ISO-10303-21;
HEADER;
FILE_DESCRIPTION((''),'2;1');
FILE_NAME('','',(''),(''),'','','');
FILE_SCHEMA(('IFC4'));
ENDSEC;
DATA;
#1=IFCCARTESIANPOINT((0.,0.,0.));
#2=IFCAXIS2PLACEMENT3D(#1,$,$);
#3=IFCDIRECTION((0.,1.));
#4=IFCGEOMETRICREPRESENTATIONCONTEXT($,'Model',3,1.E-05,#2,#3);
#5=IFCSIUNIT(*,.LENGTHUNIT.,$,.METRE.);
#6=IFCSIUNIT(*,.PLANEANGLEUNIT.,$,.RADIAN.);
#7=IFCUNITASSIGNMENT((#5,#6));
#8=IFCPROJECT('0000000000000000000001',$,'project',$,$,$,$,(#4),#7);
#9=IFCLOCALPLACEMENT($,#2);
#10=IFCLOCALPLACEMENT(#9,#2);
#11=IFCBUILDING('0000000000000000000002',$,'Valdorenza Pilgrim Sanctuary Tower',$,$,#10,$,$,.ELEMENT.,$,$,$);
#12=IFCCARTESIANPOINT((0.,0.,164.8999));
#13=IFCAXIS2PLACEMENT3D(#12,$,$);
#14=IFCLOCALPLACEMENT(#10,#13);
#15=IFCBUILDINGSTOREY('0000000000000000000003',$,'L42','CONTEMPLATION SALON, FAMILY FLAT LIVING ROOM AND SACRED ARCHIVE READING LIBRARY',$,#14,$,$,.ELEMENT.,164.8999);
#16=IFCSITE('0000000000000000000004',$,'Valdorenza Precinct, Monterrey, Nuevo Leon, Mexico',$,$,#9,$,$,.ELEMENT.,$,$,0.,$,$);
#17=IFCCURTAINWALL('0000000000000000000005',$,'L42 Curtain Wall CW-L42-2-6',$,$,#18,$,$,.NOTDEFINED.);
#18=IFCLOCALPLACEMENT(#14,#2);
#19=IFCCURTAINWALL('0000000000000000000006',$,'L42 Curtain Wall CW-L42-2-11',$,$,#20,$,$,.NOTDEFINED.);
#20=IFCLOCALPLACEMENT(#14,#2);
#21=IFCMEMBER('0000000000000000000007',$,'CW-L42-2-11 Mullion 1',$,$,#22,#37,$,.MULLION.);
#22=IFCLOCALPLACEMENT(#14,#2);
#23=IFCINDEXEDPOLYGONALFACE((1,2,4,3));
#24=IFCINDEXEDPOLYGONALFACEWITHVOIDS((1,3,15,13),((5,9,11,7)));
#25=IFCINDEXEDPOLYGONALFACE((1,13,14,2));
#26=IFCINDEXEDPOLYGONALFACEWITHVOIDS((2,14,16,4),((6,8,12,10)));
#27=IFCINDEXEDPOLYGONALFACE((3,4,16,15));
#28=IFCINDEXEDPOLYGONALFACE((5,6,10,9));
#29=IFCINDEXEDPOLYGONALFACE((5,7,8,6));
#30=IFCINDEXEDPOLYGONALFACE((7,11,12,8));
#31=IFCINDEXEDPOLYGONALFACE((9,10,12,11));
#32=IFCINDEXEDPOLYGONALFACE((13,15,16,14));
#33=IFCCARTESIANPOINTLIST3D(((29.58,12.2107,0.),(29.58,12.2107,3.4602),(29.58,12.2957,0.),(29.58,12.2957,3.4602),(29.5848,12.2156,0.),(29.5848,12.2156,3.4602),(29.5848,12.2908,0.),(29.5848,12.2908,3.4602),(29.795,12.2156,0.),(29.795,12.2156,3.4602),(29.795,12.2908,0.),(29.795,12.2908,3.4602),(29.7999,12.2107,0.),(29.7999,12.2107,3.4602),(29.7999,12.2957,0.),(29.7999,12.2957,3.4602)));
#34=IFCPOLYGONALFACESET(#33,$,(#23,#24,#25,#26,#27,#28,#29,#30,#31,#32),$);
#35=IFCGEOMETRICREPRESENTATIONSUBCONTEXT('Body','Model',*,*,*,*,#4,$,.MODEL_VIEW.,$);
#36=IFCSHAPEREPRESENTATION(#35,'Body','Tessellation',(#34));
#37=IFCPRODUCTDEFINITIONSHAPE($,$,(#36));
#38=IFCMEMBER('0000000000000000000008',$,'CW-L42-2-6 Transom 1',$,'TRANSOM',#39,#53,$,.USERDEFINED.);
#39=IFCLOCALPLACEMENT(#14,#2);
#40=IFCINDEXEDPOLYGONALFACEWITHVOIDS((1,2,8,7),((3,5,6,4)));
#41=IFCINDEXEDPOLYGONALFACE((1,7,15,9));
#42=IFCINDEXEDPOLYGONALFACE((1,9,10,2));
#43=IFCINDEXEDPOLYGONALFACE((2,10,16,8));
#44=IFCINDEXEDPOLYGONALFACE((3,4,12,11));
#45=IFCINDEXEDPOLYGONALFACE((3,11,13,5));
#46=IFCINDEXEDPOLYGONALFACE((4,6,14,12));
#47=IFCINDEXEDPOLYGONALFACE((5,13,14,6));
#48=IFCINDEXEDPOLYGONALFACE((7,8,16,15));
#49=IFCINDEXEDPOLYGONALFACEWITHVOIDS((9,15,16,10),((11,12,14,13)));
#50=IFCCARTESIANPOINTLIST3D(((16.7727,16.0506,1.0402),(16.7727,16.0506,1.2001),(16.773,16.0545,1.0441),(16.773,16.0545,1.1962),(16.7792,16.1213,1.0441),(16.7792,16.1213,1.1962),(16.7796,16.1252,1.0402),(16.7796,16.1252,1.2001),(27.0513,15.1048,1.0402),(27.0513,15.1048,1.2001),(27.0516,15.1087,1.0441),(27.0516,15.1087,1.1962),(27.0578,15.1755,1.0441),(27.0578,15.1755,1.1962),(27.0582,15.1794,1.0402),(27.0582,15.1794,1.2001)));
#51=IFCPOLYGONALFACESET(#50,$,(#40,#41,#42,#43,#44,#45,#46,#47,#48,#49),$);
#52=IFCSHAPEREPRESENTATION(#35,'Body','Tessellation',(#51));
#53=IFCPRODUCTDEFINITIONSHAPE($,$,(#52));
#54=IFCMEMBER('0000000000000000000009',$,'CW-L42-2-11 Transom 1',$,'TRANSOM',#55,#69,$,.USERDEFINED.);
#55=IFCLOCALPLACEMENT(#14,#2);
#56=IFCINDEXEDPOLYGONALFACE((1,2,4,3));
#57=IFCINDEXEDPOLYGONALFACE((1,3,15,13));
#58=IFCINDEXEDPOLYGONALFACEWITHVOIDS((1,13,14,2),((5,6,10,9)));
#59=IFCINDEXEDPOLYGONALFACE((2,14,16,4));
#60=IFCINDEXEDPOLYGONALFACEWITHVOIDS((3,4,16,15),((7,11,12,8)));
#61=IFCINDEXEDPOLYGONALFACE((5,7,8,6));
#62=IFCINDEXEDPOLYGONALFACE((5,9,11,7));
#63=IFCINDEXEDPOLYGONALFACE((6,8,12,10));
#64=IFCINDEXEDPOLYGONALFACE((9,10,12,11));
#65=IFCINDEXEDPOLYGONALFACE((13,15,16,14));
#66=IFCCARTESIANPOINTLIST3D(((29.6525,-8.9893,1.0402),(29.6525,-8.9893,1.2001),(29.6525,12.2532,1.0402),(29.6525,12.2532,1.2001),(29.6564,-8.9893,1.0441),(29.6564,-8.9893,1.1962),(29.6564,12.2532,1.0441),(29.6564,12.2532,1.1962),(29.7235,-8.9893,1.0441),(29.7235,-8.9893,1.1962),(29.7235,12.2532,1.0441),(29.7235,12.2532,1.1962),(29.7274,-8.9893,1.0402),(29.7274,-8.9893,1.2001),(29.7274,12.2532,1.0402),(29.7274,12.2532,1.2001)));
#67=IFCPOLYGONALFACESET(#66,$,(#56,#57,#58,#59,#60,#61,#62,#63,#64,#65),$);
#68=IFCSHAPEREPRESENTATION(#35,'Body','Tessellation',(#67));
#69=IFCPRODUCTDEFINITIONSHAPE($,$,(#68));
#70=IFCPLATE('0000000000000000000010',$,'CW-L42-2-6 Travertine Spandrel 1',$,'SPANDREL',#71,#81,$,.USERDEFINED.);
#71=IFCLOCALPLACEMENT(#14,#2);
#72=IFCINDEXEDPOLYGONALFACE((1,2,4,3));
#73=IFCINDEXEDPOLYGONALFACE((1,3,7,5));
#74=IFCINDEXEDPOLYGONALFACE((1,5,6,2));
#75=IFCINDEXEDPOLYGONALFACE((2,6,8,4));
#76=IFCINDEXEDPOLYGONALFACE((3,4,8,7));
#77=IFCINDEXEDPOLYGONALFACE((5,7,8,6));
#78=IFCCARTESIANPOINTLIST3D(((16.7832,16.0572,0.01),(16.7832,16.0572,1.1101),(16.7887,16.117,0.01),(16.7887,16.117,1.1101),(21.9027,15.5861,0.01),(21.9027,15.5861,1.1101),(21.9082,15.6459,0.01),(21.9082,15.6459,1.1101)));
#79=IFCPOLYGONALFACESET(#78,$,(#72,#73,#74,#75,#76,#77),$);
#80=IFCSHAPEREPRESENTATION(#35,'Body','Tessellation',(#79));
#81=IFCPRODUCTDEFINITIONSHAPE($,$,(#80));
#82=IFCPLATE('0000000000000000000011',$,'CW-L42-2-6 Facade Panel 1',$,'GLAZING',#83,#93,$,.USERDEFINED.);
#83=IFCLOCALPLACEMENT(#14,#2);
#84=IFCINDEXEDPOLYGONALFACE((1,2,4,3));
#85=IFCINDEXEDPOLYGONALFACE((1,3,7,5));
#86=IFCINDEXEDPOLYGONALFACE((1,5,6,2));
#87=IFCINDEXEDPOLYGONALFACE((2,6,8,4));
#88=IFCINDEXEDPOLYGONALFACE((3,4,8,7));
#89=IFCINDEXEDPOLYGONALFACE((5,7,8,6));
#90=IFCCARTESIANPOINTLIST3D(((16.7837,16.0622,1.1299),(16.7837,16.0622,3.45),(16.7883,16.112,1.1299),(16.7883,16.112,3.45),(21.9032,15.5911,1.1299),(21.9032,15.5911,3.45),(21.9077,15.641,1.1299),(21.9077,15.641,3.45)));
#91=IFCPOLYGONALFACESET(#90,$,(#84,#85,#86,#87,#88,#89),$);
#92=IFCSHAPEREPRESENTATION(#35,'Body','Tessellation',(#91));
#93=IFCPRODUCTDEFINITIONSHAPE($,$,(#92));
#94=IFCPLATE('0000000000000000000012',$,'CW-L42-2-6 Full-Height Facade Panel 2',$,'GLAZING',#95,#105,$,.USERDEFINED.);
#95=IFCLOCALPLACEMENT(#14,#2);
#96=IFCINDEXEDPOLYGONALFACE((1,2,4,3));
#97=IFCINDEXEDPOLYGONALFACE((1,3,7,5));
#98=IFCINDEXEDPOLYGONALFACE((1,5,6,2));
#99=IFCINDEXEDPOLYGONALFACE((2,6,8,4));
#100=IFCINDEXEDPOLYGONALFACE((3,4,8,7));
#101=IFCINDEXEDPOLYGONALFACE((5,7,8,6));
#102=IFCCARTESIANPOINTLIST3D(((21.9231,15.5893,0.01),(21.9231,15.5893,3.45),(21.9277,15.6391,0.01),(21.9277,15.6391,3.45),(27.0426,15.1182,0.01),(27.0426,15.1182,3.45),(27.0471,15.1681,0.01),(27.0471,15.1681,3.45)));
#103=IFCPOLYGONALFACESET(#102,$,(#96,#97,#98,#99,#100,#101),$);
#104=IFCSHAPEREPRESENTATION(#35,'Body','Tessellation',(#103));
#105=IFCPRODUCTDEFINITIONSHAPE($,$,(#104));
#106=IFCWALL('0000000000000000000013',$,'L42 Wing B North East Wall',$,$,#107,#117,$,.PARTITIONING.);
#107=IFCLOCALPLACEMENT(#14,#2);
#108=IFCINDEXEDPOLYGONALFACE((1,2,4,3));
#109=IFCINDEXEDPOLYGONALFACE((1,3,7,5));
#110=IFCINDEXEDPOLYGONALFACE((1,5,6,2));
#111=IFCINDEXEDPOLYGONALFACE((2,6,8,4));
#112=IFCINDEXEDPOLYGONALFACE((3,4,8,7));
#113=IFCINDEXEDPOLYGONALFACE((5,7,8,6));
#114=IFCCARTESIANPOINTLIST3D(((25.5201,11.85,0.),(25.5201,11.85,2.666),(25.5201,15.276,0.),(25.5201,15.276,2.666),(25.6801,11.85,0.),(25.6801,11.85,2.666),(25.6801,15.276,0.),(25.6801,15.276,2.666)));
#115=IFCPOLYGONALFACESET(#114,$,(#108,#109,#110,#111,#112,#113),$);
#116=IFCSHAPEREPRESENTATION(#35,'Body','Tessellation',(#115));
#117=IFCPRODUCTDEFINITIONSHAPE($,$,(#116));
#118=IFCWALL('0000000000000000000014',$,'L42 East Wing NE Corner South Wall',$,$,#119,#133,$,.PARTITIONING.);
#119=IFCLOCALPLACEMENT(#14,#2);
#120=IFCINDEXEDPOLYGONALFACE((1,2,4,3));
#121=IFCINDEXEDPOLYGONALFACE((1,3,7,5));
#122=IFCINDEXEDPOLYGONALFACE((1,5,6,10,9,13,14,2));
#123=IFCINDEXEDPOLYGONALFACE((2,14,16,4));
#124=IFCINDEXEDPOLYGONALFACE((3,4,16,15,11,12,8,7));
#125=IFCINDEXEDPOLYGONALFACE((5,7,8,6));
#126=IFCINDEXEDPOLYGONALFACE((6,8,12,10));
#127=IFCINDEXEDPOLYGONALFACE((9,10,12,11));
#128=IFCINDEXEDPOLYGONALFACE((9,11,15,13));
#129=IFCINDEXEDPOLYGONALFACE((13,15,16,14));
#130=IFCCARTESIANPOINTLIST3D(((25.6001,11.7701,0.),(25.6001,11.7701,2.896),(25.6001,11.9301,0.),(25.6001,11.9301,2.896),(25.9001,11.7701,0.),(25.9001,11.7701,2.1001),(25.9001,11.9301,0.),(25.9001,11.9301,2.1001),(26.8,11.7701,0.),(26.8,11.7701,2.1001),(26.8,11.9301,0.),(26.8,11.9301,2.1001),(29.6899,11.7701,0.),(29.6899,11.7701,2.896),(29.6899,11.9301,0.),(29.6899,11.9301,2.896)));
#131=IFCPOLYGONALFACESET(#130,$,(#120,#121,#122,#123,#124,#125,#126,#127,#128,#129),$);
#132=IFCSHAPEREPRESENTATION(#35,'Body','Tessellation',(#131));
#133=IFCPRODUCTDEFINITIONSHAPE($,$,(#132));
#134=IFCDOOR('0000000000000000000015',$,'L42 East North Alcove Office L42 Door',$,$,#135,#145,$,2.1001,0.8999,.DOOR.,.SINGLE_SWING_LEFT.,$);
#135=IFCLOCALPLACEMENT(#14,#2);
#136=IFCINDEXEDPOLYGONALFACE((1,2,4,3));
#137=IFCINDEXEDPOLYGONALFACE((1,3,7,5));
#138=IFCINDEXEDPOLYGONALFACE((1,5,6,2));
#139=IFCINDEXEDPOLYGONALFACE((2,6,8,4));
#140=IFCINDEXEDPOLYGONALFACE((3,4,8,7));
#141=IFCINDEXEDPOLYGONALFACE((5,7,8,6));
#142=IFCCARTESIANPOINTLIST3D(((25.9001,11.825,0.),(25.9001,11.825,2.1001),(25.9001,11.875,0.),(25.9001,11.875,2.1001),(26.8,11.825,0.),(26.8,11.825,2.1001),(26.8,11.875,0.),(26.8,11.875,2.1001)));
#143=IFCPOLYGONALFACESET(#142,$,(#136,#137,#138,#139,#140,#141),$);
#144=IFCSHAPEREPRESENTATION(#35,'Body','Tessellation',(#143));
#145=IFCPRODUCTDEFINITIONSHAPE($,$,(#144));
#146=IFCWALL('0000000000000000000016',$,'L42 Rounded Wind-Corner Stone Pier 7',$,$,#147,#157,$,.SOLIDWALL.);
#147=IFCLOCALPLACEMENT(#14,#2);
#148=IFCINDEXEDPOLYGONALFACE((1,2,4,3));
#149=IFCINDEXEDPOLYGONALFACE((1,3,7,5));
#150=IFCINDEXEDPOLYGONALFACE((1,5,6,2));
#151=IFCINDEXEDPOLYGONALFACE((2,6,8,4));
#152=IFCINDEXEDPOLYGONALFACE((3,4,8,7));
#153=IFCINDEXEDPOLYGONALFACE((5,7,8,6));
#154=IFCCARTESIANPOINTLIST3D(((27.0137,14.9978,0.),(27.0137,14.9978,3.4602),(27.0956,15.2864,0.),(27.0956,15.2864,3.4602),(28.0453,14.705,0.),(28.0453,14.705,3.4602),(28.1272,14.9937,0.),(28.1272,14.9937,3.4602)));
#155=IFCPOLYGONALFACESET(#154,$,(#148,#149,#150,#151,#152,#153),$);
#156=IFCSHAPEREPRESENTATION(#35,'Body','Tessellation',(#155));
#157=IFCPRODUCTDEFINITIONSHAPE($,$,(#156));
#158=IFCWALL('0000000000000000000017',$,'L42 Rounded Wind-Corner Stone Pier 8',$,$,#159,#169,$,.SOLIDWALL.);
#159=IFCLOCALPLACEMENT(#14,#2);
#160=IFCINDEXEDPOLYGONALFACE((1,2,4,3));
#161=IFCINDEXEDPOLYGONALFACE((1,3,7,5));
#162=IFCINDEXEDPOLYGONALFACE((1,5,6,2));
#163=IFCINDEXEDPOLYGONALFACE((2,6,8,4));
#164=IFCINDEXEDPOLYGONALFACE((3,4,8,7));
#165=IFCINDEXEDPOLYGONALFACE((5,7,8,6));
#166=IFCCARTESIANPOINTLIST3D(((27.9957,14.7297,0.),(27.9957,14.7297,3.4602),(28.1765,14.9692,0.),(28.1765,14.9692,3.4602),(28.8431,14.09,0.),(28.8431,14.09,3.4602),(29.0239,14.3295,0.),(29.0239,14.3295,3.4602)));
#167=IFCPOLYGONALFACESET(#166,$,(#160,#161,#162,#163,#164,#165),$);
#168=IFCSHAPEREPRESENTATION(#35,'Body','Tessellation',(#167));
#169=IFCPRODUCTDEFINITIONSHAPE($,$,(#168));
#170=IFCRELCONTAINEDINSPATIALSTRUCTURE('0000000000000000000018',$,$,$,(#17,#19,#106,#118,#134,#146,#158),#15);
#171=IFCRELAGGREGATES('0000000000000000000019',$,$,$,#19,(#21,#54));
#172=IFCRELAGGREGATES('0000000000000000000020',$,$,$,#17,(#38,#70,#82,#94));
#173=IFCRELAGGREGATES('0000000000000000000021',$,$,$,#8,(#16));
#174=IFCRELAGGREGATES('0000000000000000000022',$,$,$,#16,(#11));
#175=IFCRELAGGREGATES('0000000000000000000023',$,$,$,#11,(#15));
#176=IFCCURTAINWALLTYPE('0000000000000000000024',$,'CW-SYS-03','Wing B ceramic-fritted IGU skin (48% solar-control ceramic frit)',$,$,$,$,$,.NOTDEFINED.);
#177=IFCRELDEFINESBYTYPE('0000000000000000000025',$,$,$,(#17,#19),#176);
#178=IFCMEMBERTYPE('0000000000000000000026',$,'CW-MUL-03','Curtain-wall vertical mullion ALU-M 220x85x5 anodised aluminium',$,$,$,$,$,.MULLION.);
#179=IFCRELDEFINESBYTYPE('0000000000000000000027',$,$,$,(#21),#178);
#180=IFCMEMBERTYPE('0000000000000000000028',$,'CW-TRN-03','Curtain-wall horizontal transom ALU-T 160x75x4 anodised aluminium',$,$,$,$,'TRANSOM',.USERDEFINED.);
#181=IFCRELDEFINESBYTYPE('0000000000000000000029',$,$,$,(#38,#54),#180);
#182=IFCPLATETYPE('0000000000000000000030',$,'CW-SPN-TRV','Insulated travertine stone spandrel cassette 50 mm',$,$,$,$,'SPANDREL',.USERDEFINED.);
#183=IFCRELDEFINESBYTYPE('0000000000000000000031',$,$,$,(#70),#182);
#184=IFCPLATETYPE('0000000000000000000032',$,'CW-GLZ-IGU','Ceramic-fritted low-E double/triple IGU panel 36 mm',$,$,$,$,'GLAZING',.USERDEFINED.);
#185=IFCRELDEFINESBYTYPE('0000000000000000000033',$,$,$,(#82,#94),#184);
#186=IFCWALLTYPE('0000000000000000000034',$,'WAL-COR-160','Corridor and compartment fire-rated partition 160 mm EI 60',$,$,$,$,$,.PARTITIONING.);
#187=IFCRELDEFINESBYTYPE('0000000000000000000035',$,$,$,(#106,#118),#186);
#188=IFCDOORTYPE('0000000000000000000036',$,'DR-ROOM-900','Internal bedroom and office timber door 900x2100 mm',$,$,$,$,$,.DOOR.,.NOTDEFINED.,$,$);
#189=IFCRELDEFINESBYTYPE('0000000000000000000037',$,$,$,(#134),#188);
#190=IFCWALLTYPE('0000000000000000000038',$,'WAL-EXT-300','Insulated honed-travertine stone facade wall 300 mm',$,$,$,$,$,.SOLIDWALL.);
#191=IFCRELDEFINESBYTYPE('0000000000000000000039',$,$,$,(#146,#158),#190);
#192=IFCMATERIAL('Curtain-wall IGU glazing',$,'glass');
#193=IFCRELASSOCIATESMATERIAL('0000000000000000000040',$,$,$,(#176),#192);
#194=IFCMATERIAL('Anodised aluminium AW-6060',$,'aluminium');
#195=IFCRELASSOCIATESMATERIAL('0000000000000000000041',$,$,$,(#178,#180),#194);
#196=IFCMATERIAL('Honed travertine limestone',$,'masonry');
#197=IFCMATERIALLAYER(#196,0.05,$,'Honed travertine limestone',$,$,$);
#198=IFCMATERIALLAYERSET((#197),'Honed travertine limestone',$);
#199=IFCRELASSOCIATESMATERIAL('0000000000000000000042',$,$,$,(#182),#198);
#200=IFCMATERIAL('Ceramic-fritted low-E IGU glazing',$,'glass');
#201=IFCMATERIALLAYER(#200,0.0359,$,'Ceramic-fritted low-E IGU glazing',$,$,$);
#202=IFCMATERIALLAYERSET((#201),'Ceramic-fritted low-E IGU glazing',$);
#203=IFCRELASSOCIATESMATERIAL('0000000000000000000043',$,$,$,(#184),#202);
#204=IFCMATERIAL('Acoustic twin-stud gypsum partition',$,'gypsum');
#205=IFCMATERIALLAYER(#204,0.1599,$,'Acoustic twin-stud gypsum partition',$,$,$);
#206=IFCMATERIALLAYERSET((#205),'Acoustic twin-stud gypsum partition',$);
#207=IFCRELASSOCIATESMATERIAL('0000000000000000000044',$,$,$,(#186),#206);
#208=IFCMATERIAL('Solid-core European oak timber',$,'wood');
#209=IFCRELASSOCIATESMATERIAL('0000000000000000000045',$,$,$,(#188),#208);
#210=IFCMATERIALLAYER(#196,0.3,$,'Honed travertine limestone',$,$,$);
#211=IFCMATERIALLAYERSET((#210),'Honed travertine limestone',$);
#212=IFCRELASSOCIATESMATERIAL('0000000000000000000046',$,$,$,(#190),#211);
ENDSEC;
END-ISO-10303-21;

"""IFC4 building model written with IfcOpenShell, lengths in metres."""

from ifc_helpers import new_model, si_unit, direction, frame, frame_2d, origin, origin_2d, place, context, subcontext, project, spatial, rectangle, hollow_rectangle, extrude, source, transform, mapped, material, layer, layer_set, material_profile, profile_set, type_object, element, fill, aggregate, save


model = new_model("IFC4")

# Units and contexts
model_context = context("Model", 3, precision=1e-05, world=origin(), true_north=direction((0.0, 1.0)))
body_context = subcontext(model_context, "Body", "Model", "MODEL_VIEW")
ifc_project = project(units=[si_unit("LENGTHUNIT", "METRE"), si_unit("PLANEANGLEUNIT", "RADIAN")], contexts=[model_context])

# Site, building, storey
site_placement = place(None, origin())
site = spatial("IfcSite", under=ifc_project, at=site_placement, Name="Valdorenza Precinct, Monterrey, Nuevo Leon, Mexico", CompositionType="ELEMENT", RefElevation=0.0)
building_placement = place(site_placement, origin())
building = spatial("IfcBuilding", under=site, at=building_placement, Name="Valdorenza Pilgrim Sanctuary Tower", CompositionType="ELEMENT")
storey_placement = place(building_placement, frame((0.0, 0.0, 164.8999)))
storey = spatial("IfcBuildingStorey", under=building, at=storey_placement, Name="L42", Description="CONTEMPLATION SALON, FAMILY FLAT LIVING ROOM AND SACRED ARCHIVE READING LIBRARY", CompositionType="ELEMENT", Elevation=164.8999)

# Curtain wall
ifc_material_1 = material(Name="Curtain-wall IGU glazing", Category="glass")
curtain_wall_type = type_object("IfcCurtainWallType", Name="CW-SYS-03", Description="Wing B ceramic-fritted IGU skin (48% solar-control ceramic frit)", PredefinedType="NOTDEFINED", material=ifc_material_1)
curtain_wall_1_placement = place(storey_placement, origin())
curtain_wall_1 = element("IfcCurtainWall", 1, at=curtain_wall_1_placement, inside=storey, type_object=curtain_wall_type, Name="L42 Curtain Wall CW-L42-2-6", PredefinedType="NOTDEFINED")
ifc_material_2 = material(Name="Anodised aluminium AW-6060", Category="aluminium")
ifc_material_profile_1 = material_profile(ifc_material_2, hollow_rectangle(XDim=0.085, YDim=0.22, WallThickness=0.0049, at=origin_2d()), Name="ALU-M 220x85x5")
ifc_profile_set_1 = profile_set([ifc_material_profile_1], Name="Anodised aluminium AW-6060")
member_type_1 = type_object("IfcMemberType", Name="CW-MUL-03", Description="Curtain-wall vertical mullion ALU-M 220x85x5 anodised aluminium", PredefinedType="MULLION", material=ifc_profile_set_1)
shared_shape_1 = source(origin(), body_context, "Body", "SweptSolid", [
    extrude(hollow_rectangle(XDim=0.085, YDim=0.22, WallThickness=0.0049, at=origin_2d()), origin(), (0.0, 0.0, 1.0), 3.4602),
])

# Curtain wall, member
curtain_wall_2_placement = place(storey_placement, origin())
curtain_wall_2 = element("IfcCurtainWall", 2, at=curtain_wall_2_placement, inside=storey, type_object=curtain_wall_type, Name="L42 Curtain Wall CW-L42-2-11", PredefinedType="NOTDEFINED")
member_1_placement = place(storey_placement, frame((29.6899, 12.2532, 0.0), z_axis=(0.0, 0.0, 1.0), x_axis=(0.0, -1.0, 0.0)))
member_1 = element("IfcMember", 3, at=member_1_placement, type_object=member_type_1, Name="CW-L42-2-11 Mullion 1", PredefinedType="MULLION", context=body_context, shape_type="MappedRepresentation", body=[
    mapped(shared_shape_1, transform((0.0, 0.0, 0.0), x_axis=(1.0, 0.0, 0.0), y_axis=(0.0, 1.0, 0.0), z_axis=(0.0, 0.0, 1.0), scale=1.0)),
])

# Members
ifc_material_profile_2 = material_profile(ifc_material_2, hollow_rectangle(XDim=0.075, YDim=0.1599, WallThickness=0.0039, at=origin_2d()), Name="ALU-T 160x75x4")
ifc_profile_set_2 = profile_set([ifc_material_profile_2], Name="Anodised aluminium AW-6060")
member_type_2 = type_object("IfcMemberType", Name="CW-TRN-03", Description="Curtain-wall horizontal transom ALU-T 160x75x4 anodised aluminium", ElementType="TRANSOM", PredefinedType="USERDEFINED", material=ifc_profile_set_2)
shared_shape_2 = source(origin(), body_context, "Body", "SweptSolid", [
    extrude(hollow_rectangle(XDim=0.075, YDim=0.1599, WallThickness=0.0039, at=origin_2d()), origin(), (0.0, 0.0, 1.0), 10.322),
])
member_2_placement = place(storey_placement, frame((16.7761, 16.0879, 1.1201), z_axis=(0.995793, -0.09163, 0.0), x_axis=(0.09163, 0.995793, 0.0)))
member_2 = element("IfcMember", 4, at=member_2_placement, type_object=member_type_2, Name="CW-L42-2-6 Transom 1", ObjectType="TRANSOM", PredefinedType="USERDEFINED", context=body_context, shape_type="MappedRepresentation", body=[
    mapped(shared_shape_2, transform((0.0, 0.0, 0.0), x_axis=(1.0, 0.0, 0.0), y_axis=(0.0, 1.0, 0.0), z_axis=(0.0, 0.0, 1.0), scale=1.0)),
])
shared_shape_3 = source(origin(), body_context, "Body", "SweptSolid", [
    extrude(hollow_rectangle(XDim=0.075, YDim=0.1599, WallThickness=0.0039, at=origin_2d()), origin(), (0.0, 0.0, 1.0), 21.2424),
])
member_3_placement = place(storey_placement, frame((29.6899, 12.2532, 1.1201), z_axis=(0.0, -1.0, 0.0), x_axis=(1.0, 0.0, 0.0)))
member_3 = element("IfcMember", 5, at=member_3_placement, type_object=member_type_2, Name="CW-L42-2-11 Transom 1", ObjectType="TRANSOM", PredefinedType="USERDEFINED", context=body_context, shape_type="MappedRepresentation", body=[
    mapped(shared_shape_3, transform((0.0, 0.0, 0.0), x_axis=(1.0, 0.0, 0.0), y_axis=(0.0, 1.0, 0.0), z_axis=(0.0, 0.0, 1.0), scale=1.0)),
])
aggregate(curtain_wall_2, [member_1, member_3])

# Plates
ifc_material_3 = material(Name="Honed travertine limestone", Category="masonry")
ifc_layer_1 = layer(ifc_material_3, 0.05, Name="Honed travertine limestone")
ifc_layer_set_1 = layer_set([ifc_layer_1], Name="Honed travertine limestone")
plate_type_1 = type_object("IfcPlateType", Name="CW-SPN-TRV", Description="Insulated travertine stone spandrel cassette 50 mm", ElementType="SPANDREL", PredefinedType="USERDEFINED", material=ifc_layer_set_1)
shared_shape_4 = source(origin(), body_context, "Body", "SweptSolid", [
    extrude(rectangle(XDim=5.1411, YDim=0.0601, at=origin_2d()), origin(), (0.0, 0.0, 1.0), 1.1001),
])
plate_1_placement = place(storey_placement, frame((19.3457, 15.8516, 0.01), z_axis=(0.0, 0.0, 1.0), x_axis=(0.995794, -0.091623, 0.0)))
plate_1 = element("IfcPlate", 6, at=plate_1_placement, type_object=plate_type_1, Name="CW-L42-2-6 Travertine Spandrel 1", ObjectType="SPANDREL", PredefinedType="USERDEFINED", context=body_context, shape_type="MappedRepresentation", body=[
    mapped(shared_shape_4, transform((0.0, 0.0, 0.0), x_axis=(1.0, 0.0, 0.0), y_axis=(0.0, 1.0, 0.0), z_axis=(0.0, 0.0, 1.0), scale=1.0)),
])
ifc_material_4 = material(Name="Ceramic-fritted low-E IGU glazing", Category="glass")
ifc_layer_2 = layer(ifc_material_4, 0.0359, Name="Ceramic-fritted low-E IGU glazing")
ifc_layer_set_2 = layer_set([ifc_layer_2], Name="Ceramic-fritted low-E IGU glazing")
plate_type_2 = type_object("IfcPlateType", Name="CW-GLZ-IGU", Description="Ceramic-fritted low-E double/triple IGU panel 36 mm", ElementType="GLAZING", PredefinedType="USERDEFINED", material=ifc_layer_set_2)
shared_shape_5 = source(origin(), body_context, "Body", "SweptSolid", [
    extrude(rectangle(XDim=5.1411, YDim=0.05, at=origin_2d()), origin(), (0.0, 0.0, 1.0), 2.3201),
])
plate_2_placement = place(storey_placement, frame((19.3457, 15.8516, 1.1299), z_axis=(0.0, 0.0, 1.0), x_axis=(0.995794, -0.091623, 0.0)))
plate_2 = element("IfcPlate", 7, at=plate_2_placement, type_object=plate_type_2, Name="CW-L42-2-6 Facade Panel 1", ObjectType="GLAZING", PredefinedType="USERDEFINED", context=body_context, shape_type="MappedRepresentation", body=[
    mapped(shared_shape_5, transform((0.0, 0.0, 0.0), x_axis=(1.0, 0.0, 0.0), y_axis=(0.0, 1.0, 0.0), z_axis=(0.0, 0.0, 1.0), scale=1.0)),
])
shared_shape_6 = source(origin(), body_context, "Body", "SweptSolid", [
    extrude(rectangle(XDim=5.1411, YDim=0.05, at=origin_2d()), origin(), (0.0, 0.0, 1.0), 3.4399),
])
plate_3_placement = place(storey_placement, frame((24.4851, 15.3787, 0.01), z_axis=(0.0, 0.0, 1.0), x_axis=(0.995794, -0.091623, 0.0)))
plate_3 = element("IfcPlate", 8, at=plate_3_placement, type_object=plate_type_2, Name="CW-L42-2-6 Full-Height Facade Panel 2", ObjectType="GLAZING", PredefinedType="USERDEFINED", context=body_context, shape_type="MappedRepresentation", body=[
    mapped(shared_shape_6, transform((0.0, 0.0, 0.0), x_axis=(1.0, 0.0, 0.0), y_axis=(0.0, 1.0, 0.0), z_axis=(0.0, 0.0, 1.0), scale=1.0)),
])
aggregate(curtain_wall_1, [member_2, plate_1, plate_2, plate_3])

# Wall
ifc_material_5 = material(Name="Acoustic twin-stud gypsum partition", Category="gypsum")
ifc_layer_3 = layer(ifc_material_5, 0.1599, Name="Acoustic twin-stud gypsum partition")
ifc_layer_set_3 = layer_set([ifc_layer_3], Name="Acoustic twin-stud gypsum partition")
wall_type_1 = type_object("IfcWallType", Name="WAL-COR-160", Description="Corridor and compartment fire-rated partition 160 mm EI 60", PredefinedType="PARTITIONING", material=ifc_layer_set_3)
wall_1_placement = place(storey_placement, frame((25.6001, 11.8501, 0.0), z_axis=(0.0, 0.0, 1.0), x_axis=(0.0, 1.0, 0.0)))
element("IfcWall", 9, at=wall_1_placement, inside=storey, type_object=wall_type_1, Name="L42 Wing B North East Wall", PredefinedType="PARTITIONING", context=body_context, shape_type="SweptSolid", body=[
    extrude(rectangle(XDim=3.426, YDim=0.1599, at=frame_2d((1.7129, 0.0))), origin(), (0.0, 0.0, 1.0), 2.666),
])

# Wall, opening, door
wall_2_placement = place(storey_placement, frame((25.6001, 11.8501, 0.0), z_axis=(0.0, 0.0, 1.0), x_axis=(1.0, 0.0, 0.0)))
wall_2 = element("IfcWall", 10, at=wall_2_placement, inside=storey, type_object=wall_type_1, Name="L42 East Wing NE Corner South Wall", PredefinedType="PARTITIONING", context=body_context, shape_type="SweptSolid", body=[
    extrude(rectangle(XDim=4.0898, YDim=0.1599, at=frame_2d((2.0449, 0.0))), origin(), (0.0, 0.0, 1.0), 2.896),
])
opening_placement = place(wall_2_placement, frame((0.3, 0.0, 0.0)))
opening = element("IfcOpeningElement", 11, at=opening_placement, cuts=wall_2, PredefinedType="OPENING", context=body_context, shape_type="SweptSolid", body=[
    extrude(rectangle(XDim=0.8999, YDim=2.1001, at=frame_2d((0.45, 1.05))), frame((0.0, 0.0947, 0.0), z_axis=(0.0, -1.0, 0.0), x_axis=(1.0, 0.0, 0.0)), (0.0, 0.0, 1.0), 0.1897),
])
ifc_material_6 = material(Name="Solid-core European oak timber", Category="wood")
door_type = type_object("IfcDoorType", Name="DR-ROOM-900", Description="Internal bedroom and office timber door 900x2100 mm", OperationType="NOTDEFINED", PredefinedType="DOOR", material=ifc_material_6)
door_placement = place(opening_placement, origin())
door = element("IfcDoor", 12, at=door_placement, inside=storey, type_object=door_type, Name="L42 East North Alcove Office L42 Door", OperationType="SINGLE_SWING_LEFT", OverallHeight=2.1001, OverallWidth=0.8999, PredefinedType="DOOR", context=body_context, shape_type="SweptSolid", body=[
    extrude(rectangle(XDim=0.8999, YDim=2.1001, at=frame_2d((0.45, 1.05))), frame((0.0, 0.0249, 0.0), z_axis=(0.0, -1.0, 0.0), x_axis=(1.0, 0.0, 0.0)), (0.0, 0.0, 1.0), 0.05),
])
fill(opening, door)

# Walls
ifc_layer_4 = layer(ifc_material_3, 0.3, Name="Honed travertine limestone")
ifc_layer_set_4 = layer_set([ifc_layer_4], Name="Honed travertine limestone")
wall_type_2 = type_object("IfcWallType", Name="WAL-EXT-300", Description="Insulated honed-travertine stone facade wall 300 mm", PredefinedType="SOLIDWALL", material=ifc_layer_set_4)
wall_3_placement = place(storey_placement, frame((27.0547, 15.1421, 0.0), z_axis=(0.0, 0.0, 1.0), x_axis=(0.962012, -0.273007, 0.0)))
element("IfcWall", 13, at=wall_3_placement, inside=storey, type_object=wall_type_2, Name="L42 Rounded Wind-Corner Stone Pier 7", PredefinedType="SOLIDWALL", context=body_context, shape_type="SweptSolid", body=[
    extrude(rectangle(XDim=1.0723, YDim=0.3, at=frame_2d((0.5361, 0.0))), origin(), (0.0, 0.0, 1.0), 3.4602),
])
for number, where, z_axis, x_axis, name in (
    (14, (28.0862, 14.8494, 0.0), (0.0, 0.0, 1.0), (0.798147, -0.602462, 0.0), "L42 Rounded Wind-Corner Stone Pier 8"),
):
    element("IfcWall", number, at=place(storey_placement, frame(where, z_axis=z_axis, x_axis=x_axis)), inside=storey, type_object=wall_type_2, Name=name, PredefinedType="SOLIDWALL", context=body_context, shape_type="SweptSolid", body=[
        extrude(rectangle(XDim=1.0618, YDim=0.3, at=frame_2d((0.5308, 0.0))), origin(), (0.0, 0.0, 1.0), 3.4602),
    ])

save(model, "model.ifc")
